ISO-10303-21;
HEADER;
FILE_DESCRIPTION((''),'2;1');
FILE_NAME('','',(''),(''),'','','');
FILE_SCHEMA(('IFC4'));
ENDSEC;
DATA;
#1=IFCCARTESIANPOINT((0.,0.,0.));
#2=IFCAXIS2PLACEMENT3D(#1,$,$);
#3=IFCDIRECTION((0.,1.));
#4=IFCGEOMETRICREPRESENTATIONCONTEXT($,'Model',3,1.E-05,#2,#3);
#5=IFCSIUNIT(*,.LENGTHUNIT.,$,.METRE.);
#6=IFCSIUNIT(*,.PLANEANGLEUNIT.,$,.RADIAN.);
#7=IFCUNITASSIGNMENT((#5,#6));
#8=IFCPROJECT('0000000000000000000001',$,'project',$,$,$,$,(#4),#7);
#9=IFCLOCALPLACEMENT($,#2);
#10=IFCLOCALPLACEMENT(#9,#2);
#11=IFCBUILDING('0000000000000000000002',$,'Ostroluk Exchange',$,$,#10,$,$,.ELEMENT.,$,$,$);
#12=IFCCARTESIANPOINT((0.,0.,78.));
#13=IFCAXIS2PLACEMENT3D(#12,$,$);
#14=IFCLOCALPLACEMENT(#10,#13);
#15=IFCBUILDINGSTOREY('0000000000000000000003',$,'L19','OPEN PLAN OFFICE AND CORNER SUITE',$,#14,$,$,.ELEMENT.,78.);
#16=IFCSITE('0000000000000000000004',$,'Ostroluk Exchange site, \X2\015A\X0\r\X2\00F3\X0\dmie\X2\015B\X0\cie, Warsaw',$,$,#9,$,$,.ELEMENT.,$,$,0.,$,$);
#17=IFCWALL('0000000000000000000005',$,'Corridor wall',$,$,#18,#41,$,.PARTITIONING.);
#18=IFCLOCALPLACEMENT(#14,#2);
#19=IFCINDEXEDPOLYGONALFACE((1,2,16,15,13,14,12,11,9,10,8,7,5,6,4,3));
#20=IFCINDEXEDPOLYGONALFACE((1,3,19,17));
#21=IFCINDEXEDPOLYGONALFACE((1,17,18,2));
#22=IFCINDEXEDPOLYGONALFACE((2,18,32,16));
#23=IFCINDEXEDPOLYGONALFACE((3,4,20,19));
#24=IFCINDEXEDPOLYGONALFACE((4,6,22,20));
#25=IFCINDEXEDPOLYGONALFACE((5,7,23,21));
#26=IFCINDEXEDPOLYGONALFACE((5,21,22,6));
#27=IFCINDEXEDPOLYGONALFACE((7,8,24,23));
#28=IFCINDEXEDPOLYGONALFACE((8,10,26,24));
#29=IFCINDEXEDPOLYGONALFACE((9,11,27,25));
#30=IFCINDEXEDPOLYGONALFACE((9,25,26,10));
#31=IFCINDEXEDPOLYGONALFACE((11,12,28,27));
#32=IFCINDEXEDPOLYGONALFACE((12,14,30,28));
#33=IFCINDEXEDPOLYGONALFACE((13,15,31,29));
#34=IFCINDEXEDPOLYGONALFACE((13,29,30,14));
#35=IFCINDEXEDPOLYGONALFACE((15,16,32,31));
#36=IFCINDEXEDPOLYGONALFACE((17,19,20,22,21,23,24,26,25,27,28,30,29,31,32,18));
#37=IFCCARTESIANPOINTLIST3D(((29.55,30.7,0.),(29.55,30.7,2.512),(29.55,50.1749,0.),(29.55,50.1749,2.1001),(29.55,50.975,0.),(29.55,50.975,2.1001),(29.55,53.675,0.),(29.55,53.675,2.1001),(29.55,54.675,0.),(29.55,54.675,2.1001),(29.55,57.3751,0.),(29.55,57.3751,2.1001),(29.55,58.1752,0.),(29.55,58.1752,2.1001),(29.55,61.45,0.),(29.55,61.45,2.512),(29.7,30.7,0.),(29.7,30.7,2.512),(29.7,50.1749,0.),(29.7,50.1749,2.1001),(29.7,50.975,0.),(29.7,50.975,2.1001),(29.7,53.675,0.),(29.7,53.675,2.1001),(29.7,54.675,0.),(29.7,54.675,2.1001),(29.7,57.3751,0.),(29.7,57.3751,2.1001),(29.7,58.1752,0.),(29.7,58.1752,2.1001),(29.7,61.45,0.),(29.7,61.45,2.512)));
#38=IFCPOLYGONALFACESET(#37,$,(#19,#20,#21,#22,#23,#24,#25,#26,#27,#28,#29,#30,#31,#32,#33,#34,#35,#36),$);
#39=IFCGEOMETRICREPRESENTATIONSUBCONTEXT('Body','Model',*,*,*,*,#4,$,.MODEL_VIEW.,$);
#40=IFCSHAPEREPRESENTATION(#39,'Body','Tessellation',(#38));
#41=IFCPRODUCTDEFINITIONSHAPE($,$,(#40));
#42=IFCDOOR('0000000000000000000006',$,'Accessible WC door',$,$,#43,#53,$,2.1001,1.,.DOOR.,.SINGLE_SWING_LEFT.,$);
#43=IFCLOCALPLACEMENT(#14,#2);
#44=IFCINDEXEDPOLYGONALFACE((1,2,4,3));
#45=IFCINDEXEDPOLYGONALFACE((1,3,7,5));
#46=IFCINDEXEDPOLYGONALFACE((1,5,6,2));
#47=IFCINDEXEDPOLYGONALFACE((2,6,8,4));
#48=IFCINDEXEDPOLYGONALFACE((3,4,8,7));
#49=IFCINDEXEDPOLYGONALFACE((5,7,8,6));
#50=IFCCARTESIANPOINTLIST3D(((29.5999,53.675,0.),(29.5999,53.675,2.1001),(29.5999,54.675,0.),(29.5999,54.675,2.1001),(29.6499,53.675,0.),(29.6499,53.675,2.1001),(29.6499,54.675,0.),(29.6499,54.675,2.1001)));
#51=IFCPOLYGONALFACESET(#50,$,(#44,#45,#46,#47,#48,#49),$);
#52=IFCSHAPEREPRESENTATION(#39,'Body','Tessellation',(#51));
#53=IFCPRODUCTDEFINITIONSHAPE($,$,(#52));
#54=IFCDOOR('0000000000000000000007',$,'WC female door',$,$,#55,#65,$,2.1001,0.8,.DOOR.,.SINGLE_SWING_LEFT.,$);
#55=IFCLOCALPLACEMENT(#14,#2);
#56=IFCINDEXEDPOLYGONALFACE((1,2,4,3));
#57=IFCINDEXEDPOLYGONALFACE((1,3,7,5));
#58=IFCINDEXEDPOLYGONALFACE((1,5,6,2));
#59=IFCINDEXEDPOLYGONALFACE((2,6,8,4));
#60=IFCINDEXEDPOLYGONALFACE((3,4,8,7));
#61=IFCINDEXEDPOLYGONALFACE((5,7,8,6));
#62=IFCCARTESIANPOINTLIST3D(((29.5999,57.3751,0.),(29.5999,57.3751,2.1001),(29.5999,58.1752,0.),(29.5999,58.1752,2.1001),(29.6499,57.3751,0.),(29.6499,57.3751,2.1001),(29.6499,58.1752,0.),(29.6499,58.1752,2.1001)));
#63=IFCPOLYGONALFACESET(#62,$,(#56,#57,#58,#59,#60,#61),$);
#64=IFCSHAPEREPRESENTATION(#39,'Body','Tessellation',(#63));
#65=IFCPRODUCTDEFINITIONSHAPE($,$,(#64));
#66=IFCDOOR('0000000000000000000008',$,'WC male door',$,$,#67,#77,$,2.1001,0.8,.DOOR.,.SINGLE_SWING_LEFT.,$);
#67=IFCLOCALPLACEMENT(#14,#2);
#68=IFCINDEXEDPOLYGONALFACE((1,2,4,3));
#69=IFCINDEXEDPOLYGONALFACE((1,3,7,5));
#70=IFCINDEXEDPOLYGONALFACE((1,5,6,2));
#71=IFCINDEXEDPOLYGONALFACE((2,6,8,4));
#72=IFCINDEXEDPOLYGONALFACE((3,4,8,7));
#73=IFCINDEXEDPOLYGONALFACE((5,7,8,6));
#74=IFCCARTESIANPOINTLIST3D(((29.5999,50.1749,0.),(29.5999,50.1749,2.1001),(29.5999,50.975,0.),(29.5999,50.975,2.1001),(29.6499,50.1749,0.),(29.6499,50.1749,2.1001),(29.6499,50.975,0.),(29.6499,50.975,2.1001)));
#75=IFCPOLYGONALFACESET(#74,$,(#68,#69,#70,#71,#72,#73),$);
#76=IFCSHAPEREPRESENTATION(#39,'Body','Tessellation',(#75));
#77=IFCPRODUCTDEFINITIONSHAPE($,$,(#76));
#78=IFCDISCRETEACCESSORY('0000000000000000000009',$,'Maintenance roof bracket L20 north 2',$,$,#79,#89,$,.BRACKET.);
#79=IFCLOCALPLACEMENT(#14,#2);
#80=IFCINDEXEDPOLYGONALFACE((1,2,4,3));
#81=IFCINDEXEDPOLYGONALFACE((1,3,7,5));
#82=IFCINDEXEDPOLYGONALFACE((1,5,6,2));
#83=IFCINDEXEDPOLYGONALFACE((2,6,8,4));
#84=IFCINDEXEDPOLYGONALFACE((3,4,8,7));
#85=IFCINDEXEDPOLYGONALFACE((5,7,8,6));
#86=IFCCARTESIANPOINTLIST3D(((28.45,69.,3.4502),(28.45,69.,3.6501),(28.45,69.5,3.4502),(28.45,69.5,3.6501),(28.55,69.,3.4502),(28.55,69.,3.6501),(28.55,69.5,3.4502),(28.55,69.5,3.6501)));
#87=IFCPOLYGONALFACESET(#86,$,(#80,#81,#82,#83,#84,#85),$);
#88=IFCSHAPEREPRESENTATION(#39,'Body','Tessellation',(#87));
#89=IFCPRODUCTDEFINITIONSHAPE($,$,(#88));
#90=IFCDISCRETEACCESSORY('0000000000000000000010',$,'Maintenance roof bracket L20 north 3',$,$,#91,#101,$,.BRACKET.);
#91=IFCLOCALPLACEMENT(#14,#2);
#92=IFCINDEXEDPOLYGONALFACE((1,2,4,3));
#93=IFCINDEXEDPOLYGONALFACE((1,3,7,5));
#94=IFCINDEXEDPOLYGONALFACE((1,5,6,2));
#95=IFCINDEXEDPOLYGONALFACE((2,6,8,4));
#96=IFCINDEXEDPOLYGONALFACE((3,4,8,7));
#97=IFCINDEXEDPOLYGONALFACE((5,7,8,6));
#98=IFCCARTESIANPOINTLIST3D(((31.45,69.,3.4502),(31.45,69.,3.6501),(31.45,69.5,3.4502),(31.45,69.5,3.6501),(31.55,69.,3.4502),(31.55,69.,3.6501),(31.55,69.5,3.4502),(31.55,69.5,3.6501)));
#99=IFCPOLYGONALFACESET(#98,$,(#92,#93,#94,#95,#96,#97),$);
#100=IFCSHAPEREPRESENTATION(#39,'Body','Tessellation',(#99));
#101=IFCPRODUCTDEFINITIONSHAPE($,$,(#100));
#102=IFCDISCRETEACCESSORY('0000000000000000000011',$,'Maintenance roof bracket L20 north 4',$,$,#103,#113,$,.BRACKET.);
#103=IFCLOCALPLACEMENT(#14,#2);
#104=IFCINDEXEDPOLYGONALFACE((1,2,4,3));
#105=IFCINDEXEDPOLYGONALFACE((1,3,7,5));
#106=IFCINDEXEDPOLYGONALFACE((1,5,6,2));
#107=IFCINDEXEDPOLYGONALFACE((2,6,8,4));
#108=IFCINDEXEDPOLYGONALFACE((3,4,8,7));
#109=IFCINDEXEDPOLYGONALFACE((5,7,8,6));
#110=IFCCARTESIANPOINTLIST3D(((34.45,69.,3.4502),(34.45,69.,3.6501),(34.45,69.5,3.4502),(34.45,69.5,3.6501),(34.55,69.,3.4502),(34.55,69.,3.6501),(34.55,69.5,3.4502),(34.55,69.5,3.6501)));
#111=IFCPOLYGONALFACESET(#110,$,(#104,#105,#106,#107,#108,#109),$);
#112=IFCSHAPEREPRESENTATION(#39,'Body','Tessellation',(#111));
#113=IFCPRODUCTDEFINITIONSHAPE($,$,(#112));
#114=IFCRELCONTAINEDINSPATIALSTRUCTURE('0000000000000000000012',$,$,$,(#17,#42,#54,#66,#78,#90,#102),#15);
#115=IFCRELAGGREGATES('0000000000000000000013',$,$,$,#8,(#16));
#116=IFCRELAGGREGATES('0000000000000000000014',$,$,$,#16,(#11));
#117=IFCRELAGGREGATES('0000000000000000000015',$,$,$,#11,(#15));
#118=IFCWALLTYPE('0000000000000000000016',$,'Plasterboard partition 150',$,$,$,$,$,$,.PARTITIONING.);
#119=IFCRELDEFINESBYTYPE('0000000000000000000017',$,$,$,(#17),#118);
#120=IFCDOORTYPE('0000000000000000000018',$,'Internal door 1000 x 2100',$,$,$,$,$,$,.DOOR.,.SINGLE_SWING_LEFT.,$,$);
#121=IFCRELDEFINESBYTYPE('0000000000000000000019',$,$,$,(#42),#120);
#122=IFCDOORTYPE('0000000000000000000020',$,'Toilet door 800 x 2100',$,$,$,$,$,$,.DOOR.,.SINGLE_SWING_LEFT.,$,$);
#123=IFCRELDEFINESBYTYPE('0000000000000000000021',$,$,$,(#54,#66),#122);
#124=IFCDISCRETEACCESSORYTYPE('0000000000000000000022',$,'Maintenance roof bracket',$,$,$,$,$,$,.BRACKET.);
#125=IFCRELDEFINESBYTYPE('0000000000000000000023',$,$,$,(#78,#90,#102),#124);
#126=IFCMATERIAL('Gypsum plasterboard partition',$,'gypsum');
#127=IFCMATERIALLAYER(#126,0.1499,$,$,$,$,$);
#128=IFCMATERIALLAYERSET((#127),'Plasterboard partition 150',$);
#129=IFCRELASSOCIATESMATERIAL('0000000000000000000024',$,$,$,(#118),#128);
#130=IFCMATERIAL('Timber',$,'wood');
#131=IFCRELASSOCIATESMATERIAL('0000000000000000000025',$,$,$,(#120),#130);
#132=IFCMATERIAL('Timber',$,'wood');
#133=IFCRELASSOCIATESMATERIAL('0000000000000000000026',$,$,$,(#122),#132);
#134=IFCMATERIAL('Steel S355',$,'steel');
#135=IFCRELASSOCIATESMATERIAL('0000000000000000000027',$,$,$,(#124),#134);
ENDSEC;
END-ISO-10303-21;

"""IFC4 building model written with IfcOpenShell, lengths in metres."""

from ifc_helpers import new_model, si_unit, direction, frame, frame_2d, origin, origin_2d, place, context, subcontext, project, spatial, rectangle, extrude, material, layer, layer_set, type_object, element, fill, save


model = new_model("IFC4")

# Units and contexts
model_context = context("Model", 3, precision=1e-05, world=origin(), true_north=direction((0.0, 1.0)))
body_context = subcontext(model_context, "Body", "Model", "MODEL_VIEW")
ifc_project = project(units=[si_unit("LENGTHUNIT", "METRE"), si_unit("PLANEANGLEUNIT", "RADIAN")], contexts=[model_context])

# Site, building, storey
site_placement = place(None, origin())
site = spatial("IfcSite", under=ifc_project, at=site_placement, Name="Ostroluk Exchange site, Śródmieście, Warsaw", CompositionType="ELEMENT", RefElevation=0.0)
building_placement = place(site_placement, origin())
building = spatial("IfcBuilding", under=site, at=building_placement, Name="Ostroluk Exchange", CompositionType="ELEMENT")
storey_placement = place(building_placement, frame((0.0, 0.0, 78.0)))
storey = spatial("IfcBuildingStorey", under=building, at=storey_placement, Name="L19", Description="OPEN PLAN OFFICE AND CORNER SUITE", CompositionType="ELEMENT", Elevation=78.0)

# Shared definitions
ifc_material_1 = material(Name="Gypsum plasterboard partition", Category="gypsum")
ifc_layer_1 = layer(ifc_material_1, 0.1499)
ifc_layer_set_1 = layer_set([ifc_layer_1], Name="Plasterboard partition 150")
wall_type = type_object("IfcWallType", Name="Plasterboard partition 150", PredefinedType="PARTITIONING", material=ifc_layer_set_1)

# Wall, openings, doors
wall_1_placement = place(storey_placement, frame((29.625, 61.45, 0.0), z_axis=(0.0, 0.0, 1.0), x_axis=(0.0, -1.0, 0.0)))
wall_1 = element("IfcWall", 1, at=wall_1_placement, inside=storey, type_object=wall_type, Name="Corridor wall", PredefinedType="PARTITIONING", context=body_context, shape_type="SweptSolid", body=[
    extrude(rectangle(XDim=30.75, YDim=0.1499, at=frame_2d((15.375, 0.0))), origin(), (0.0, 0.0, 1.0), 2.512),
])
opening_1_placement = place(wall_1_placement, frame((3.2749, 0.0, 0.0)))
opening_1 = element("IfcOpeningElement", 2, at=opening_1_placement, cuts=wall_1, PredefinedType="OPENING", context=body_context, shape_type="SweptSolid", body=[
    extrude(rectangle(XDim=0.8, YDim=2.1001, at=frame_2d((0.3999, 1.05))), frame((0.0, 0.085, 0.0), z_axis=(0.0, -1.0, 0.0), x_axis=(1.0, 0.0, 0.0)), (0.0, 0.0, 1.0), 0.1699),
])
opening_2_placement = place(wall_1_placement, frame((6.7749, 0.0, 0.0)))
opening_2 = element("IfcOpeningElement", 3, at=opening_2_placement, cuts=wall_1, PredefinedType="OPENING", context=body_context, shape_type="SweptSolid", body=[
    extrude(rectangle(XDim=1.0, YDim=2.1001, at=frame_2d((0.5, 1.05))), frame((0.0, 0.085, 0.0), z_axis=(0.0, -1.0, 0.0), x_axis=(1.0, 0.0, 0.0)), (0.0, 0.0, 1.0), 0.1699),
])
opening_3_placement = place(wall_1_placement, frame((10.4751, 0.0, 0.0)))
opening_3 = element("IfcOpeningElement", 4, at=opening_3_placement, cuts=wall_1, PredefinedType="OPENING", context=body_context, shape_type="SweptSolid", body=[
    extrude(rectangle(XDim=0.8, YDim=2.1001, at=frame_2d((0.3999, 1.05))), frame((0.0, 0.085, 0.0), z_axis=(0.0, -1.0, 0.0), x_axis=(1.0, 0.0, 0.0)), (0.0, 0.0, 1.0), 0.1699),
])
ifc_material_2 = material(Name="Timber", Category="wood")
door_type_1 = type_object("IfcDoorType", Name="Internal door 1000 x 2100", OperationType="SINGLE_SWING_LEFT", PredefinedType="DOOR", material=ifc_material_2)
door_1_placement = place(opening_2_placement, origin())
door_1 = element("IfcDoor", 5, at=door_1_placement, inside=storey, type_object=door_type_1, Name="Accessible WC door", OperationType="SINGLE_SWING_LEFT", OverallHeight=2.1001, OverallWidth=1.0, PredefinedType="DOOR", context=body_context, shape_type="SweptSolid", body=[
    extrude(rectangle(XDim=1.0, YDim=2.1001, at=frame_2d((0.5, 1.05))), frame((0.0, 0.0249, 0.0), z_axis=(0.0, -1.0, 0.0), x_axis=(1.0, 0.0, 0.0)), (0.0, 0.0, 1.0), 0.05),
])
fill(opening_2, door_1)
ifc_material_3 = material(Name="Timber", Category="wood")
door_type_2 = type_object("IfcDoorType", Name="Toilet door 800 x 2100", OperationType="SINGLE_SWING_LEFT", PredefinedType="DOOR", material=ifc_material_3)
door_2_placement = place(opening_1_placement, origin())
door_2 = element("IfcDoor", 6, at=door_2_placement, inside=storey, type_object=door_type_2, Name="WC female door", OperationType="SINGLE_SWING_LEFT", OverallHeight=2.1001, OverallWidth=0.8, PredefinedType="DOOR", context=body_context, shape_type="SweptSolid", body=[
    extrude(rectangle(XDim=0.8, YDim=2.1001, at=frame_2d((0.3999, 1.05))), frame((0.0, 0.0249, 0.0), z_axis=(0.0, -1.0, 0.0), x_axis=(1.0, 0.0, 0.0)), (0.0, 0.0, 1.0), 0.05),
])
fill(opening_1, door_2)
door_3_placement = place(opening_3_placement, origin())
door_3 = element("IfcDoor", 7, at=door_3_placement, inside=storey, type_object=door_type_2, Name="WC male door", OperationType="SINGLE_SWING_LEFT", OverallHeight=2.1001, OverallWidth=0.8, PredefinedType="DOOR", context=body_context, shape_type="SweptSolid", body=[
    extrude(rectangle(XDim=0.8, YDim=2.1001, at=frame_2d((0.3999, 1.05))), frame((0.0, 0.0249, 0.0), z_axis=(0.0, -1.0, 0.0), x_axis=(1.0, 0.0, 0.0)), (0.0, 0.0, 1.0), 0.05),
])
fill(opening_3, door_3)

# Discrete accessories
ifc_material_4 = material(Name="Steel S355", Category="steel")
discrete_accessory_type = type_object("IfcDiscreteAccessoryType", Name="Maintenance roof bracket", PredefinedType="BRACKET", material=ifc_material_4)
for number, where, z_axis, x_axis, name in (
    (8, (28.5, 69.25, 3.4502), (0.0, 0.0, 1.0), (1.0, 0.0, 0.0), "Maintenance roof bracket L20 north 2"),
    (9, (31.5, 69.25, 3.4502), (0.0, 0.0, 1.0), (1.0, 0.0, 0.0), "Maintenance roof bracket L20 north 3"),
    (10, (34.5, 69.25, 3.4502), (0.0, 0.0, 1.0), (1.0, 0.0, 0.0), "Maintenance roof bracket L20 north 4"),
):
    element("IfcDiscreteAccessory", number, at=place(storey_placement, frame(where, z_axis=z_axis, x_axis=x_axis)), inside=storey, type_object=discrete_accessory_type, Name=name, PredefinedType="BRACKET", context=body_context, shape_type="SweptSolid", body=[
        extrude(rectangle(XDim=0.1001, YDim=0.5, at=origin_2d()), origin(), (0.0, 0.0, 1.0), 0.2),
    ])

save(model, "model.ifc")
